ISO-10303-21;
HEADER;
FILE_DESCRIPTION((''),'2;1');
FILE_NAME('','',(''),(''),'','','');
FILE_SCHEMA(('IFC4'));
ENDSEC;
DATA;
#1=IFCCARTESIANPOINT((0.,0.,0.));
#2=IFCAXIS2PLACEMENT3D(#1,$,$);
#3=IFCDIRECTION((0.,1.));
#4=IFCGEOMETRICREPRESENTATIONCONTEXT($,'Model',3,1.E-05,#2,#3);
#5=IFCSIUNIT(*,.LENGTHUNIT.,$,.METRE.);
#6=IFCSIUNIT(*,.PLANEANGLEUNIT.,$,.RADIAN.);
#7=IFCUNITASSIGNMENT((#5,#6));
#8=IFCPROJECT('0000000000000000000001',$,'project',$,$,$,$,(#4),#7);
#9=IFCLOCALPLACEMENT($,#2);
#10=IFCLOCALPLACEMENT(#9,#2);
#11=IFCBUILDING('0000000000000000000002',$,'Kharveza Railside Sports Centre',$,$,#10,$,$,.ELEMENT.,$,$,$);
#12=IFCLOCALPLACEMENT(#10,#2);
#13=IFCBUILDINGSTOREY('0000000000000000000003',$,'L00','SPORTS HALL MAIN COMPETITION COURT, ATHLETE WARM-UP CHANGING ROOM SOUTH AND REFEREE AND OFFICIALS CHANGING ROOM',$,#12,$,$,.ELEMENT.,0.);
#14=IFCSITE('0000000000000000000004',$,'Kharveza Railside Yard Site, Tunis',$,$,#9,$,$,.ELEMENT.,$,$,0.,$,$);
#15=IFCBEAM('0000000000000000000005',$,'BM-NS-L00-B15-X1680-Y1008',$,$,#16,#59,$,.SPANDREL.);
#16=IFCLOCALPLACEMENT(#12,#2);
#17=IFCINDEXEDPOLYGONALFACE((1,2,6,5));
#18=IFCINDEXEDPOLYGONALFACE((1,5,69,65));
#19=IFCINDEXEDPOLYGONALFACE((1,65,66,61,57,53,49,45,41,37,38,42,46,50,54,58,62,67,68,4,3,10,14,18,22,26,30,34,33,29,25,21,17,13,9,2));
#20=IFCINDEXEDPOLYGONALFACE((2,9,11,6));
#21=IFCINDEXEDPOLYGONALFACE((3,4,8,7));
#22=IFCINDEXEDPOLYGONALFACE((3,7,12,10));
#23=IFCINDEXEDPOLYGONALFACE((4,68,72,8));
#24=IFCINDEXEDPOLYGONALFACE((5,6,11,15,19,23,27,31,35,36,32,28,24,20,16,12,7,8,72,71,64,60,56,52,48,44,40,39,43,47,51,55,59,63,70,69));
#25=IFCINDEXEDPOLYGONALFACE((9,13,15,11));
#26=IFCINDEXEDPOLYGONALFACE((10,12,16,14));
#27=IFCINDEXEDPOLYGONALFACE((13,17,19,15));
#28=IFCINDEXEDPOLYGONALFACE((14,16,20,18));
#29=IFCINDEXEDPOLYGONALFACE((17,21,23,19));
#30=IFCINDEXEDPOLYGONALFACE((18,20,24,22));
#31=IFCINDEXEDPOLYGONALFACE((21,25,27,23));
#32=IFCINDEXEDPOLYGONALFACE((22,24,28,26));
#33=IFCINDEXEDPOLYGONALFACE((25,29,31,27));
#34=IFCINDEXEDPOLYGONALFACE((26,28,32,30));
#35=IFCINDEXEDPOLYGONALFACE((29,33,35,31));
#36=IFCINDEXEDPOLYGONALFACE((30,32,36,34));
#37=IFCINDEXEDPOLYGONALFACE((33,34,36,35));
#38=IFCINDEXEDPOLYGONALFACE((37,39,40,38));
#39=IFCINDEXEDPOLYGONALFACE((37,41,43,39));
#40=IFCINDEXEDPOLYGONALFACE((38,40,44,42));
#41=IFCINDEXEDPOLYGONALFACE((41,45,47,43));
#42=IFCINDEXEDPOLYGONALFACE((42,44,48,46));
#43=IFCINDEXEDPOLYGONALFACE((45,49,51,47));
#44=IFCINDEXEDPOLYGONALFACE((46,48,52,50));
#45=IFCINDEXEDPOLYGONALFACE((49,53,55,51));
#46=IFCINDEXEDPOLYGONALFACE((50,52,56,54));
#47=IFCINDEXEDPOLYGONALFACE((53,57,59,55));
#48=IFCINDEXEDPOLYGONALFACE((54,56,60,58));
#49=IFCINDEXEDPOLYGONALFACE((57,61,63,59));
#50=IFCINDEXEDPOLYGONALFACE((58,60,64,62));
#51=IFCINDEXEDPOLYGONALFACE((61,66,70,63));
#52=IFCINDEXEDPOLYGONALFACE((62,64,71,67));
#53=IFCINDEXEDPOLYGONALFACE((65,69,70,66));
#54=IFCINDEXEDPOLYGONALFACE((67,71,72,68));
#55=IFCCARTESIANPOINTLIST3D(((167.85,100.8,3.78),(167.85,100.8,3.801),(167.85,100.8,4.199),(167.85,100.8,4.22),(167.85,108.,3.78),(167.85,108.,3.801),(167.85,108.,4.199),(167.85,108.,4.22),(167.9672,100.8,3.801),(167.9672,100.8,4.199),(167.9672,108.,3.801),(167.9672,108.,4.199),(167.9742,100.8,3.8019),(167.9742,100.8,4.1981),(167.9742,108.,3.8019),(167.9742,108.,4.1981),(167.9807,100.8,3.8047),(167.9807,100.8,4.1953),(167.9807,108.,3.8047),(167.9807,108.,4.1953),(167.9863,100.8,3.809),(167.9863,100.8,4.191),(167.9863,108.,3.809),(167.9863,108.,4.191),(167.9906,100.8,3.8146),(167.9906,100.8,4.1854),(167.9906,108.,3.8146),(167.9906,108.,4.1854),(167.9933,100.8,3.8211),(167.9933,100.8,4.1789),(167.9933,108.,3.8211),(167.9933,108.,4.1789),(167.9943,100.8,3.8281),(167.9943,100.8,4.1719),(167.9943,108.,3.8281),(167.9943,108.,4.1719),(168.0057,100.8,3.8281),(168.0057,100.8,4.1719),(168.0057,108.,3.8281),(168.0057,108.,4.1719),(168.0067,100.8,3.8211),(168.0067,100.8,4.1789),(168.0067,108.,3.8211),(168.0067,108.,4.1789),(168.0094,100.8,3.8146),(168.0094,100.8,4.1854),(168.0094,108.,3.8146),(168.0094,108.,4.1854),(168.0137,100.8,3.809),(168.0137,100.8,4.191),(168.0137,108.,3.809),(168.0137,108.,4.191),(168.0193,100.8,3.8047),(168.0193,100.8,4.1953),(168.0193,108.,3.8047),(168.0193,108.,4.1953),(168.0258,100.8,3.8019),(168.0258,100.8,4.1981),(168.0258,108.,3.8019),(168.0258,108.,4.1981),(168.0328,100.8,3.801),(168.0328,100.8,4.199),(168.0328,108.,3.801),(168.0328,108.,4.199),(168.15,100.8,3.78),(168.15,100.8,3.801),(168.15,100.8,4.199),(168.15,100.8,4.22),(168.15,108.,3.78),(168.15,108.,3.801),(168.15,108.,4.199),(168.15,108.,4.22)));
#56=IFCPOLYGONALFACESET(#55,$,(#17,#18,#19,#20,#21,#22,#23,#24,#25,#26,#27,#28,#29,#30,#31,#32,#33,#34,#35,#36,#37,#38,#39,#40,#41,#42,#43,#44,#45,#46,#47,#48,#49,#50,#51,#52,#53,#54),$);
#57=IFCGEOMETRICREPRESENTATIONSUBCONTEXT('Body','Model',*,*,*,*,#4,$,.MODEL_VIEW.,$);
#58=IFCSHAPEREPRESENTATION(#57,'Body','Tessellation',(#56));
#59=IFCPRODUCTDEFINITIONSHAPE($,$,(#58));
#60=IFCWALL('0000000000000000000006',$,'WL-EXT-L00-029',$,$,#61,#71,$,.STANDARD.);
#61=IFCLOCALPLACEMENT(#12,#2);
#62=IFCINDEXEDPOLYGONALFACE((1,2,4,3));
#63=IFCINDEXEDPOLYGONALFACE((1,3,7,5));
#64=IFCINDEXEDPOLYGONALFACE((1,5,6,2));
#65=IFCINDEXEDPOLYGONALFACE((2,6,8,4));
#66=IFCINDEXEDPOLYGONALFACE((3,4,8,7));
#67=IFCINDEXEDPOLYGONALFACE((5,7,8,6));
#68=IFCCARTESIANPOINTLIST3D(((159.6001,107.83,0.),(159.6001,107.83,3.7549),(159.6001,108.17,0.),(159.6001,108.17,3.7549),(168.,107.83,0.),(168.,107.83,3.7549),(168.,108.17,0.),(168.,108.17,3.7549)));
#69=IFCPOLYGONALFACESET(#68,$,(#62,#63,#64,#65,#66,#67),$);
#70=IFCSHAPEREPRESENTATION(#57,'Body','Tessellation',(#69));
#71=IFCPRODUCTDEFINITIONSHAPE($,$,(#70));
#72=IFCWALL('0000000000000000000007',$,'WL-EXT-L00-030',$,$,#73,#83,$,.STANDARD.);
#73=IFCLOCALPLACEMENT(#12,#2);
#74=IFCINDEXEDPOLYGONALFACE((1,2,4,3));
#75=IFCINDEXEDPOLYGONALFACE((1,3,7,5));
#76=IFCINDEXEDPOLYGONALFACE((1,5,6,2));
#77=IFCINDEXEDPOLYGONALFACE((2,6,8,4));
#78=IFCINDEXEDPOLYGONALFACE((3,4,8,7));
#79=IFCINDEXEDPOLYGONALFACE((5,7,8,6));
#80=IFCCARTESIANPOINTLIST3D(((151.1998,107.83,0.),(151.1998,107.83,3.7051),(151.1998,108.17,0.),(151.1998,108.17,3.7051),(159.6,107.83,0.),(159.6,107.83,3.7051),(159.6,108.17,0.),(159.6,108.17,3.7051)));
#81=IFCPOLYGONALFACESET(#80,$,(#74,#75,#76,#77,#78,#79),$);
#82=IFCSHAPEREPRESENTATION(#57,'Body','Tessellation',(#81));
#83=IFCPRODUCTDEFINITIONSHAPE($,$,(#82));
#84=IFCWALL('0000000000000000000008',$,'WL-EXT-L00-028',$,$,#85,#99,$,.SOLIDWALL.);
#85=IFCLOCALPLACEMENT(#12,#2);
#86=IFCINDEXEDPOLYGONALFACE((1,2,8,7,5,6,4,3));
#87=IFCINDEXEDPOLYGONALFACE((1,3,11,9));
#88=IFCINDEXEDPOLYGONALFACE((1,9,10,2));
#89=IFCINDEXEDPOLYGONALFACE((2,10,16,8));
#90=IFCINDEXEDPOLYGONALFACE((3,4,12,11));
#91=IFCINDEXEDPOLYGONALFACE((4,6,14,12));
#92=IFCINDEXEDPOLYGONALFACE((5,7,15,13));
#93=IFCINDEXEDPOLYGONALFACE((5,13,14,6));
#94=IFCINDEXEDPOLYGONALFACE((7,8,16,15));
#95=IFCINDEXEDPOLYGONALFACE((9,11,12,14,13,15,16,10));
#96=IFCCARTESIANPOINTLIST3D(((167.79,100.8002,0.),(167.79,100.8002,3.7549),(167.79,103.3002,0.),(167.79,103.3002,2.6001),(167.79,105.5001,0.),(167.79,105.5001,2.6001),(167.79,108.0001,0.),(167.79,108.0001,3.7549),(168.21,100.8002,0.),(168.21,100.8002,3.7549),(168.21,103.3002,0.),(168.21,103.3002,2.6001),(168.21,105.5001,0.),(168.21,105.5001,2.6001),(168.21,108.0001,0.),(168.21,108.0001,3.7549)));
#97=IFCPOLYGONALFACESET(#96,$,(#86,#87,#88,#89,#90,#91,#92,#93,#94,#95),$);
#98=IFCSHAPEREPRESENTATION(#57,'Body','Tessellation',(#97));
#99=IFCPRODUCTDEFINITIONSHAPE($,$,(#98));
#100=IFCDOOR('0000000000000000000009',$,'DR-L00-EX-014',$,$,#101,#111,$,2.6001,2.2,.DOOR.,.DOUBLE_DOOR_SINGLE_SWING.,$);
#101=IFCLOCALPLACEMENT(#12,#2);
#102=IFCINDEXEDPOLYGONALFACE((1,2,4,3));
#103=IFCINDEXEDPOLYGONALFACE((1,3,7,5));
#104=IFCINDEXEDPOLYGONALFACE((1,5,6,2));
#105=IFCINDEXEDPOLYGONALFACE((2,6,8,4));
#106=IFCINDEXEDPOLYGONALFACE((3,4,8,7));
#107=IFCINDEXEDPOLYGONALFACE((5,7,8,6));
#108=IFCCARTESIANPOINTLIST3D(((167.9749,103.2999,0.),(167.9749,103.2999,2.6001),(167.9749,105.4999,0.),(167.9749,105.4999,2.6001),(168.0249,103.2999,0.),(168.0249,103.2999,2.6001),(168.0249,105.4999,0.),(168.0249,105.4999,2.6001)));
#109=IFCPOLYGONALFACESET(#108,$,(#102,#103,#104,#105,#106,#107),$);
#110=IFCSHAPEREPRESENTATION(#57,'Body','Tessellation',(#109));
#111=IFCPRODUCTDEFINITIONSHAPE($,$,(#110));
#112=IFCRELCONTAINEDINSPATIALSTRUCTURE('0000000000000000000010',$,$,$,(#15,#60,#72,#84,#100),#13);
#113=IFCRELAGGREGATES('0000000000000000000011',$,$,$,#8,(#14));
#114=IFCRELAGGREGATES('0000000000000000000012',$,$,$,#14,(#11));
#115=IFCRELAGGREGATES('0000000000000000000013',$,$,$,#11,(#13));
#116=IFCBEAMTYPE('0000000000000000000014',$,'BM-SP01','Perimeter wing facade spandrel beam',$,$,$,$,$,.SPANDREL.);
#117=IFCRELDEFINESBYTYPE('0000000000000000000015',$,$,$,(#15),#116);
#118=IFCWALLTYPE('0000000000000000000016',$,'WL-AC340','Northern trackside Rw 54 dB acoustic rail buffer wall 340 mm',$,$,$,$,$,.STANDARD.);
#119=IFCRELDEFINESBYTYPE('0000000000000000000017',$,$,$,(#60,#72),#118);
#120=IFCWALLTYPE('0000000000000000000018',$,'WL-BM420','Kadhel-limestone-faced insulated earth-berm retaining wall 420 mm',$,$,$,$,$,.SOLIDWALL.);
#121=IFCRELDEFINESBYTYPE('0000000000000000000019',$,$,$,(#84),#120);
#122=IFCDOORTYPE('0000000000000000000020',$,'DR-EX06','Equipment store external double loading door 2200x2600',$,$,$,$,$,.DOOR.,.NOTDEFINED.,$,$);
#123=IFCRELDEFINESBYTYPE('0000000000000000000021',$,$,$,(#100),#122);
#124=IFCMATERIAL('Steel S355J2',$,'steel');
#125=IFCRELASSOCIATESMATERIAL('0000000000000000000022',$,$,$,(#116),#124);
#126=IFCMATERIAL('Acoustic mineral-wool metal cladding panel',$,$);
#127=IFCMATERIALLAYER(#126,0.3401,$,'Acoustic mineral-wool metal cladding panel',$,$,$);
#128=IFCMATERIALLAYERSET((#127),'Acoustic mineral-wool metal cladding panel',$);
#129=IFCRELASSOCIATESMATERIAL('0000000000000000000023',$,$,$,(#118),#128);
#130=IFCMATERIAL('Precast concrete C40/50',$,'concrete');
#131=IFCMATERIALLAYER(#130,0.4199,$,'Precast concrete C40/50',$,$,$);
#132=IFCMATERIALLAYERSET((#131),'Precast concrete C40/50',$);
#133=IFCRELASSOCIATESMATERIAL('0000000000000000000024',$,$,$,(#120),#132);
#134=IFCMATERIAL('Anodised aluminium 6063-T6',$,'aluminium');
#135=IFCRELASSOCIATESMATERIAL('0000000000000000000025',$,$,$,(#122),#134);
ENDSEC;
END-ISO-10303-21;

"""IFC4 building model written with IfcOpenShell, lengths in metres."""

from ifc_helpers import new_model, si_unit, direction, frame, frame_2d, origin, origin_2d, place, context, subcontext, project, spatial, rectangle, i_section, extrude, material, layer, layer_set, material_profile, profile_set, type_object, element, fill, save


model = new_model("IFC4")

# Units and contexts
model_context = context("Model", 3, precision=1e-05, world=origin(), true_north=direction((0.0, 1.0)))
body_context = subcontext(model_context, "Body", "Model", "MODEL_VIEW")
ifc_project = project(units=[si_unit("LENGTHUNIT", "METRE"), si_unit("PLANEANGLEUNIT", "RADIAN")], contexts=[model_context])

# Site, building, storey
site_placement = place(None, origin())
site = spatial("IfcSite", under=ifc_project, at=site_placement, Name="Kharveza Railside Yard Site, Tunis", CompositionType="ELEMENT", RefElevation=0.0)
building_placement = place(site_placement, origin())
building = spatial("IfcBuilding", under=site, at=building_placement, Name="Kharveza Railside Sports Centre", CompositionType="ELEMENT")
storey_placement = place(building_placement, origin())
storey = spatial("IfcBuildingStorey", under=building, at=storey_placement, Name="L00", Description="SPORTS HALL MAIN COMPETITION COURT, ATHLETE WARM-UP CHANGING ROOM SOUTH AND REFEREE AND OFFICIALS CHANGING ROOM", CompositionType="ELEMENT", Elevation=0.0)

# Shared definitions
ifc_material_1 = material(Name="Steel S355J2", Category="steel")

# Beam
ifc_material_2 = material(Name="Precast concrete C40/50", Category="concrete")
ifc_material_profile_1 = material_profile(ifc_material_1, i_section(OverallWidth=0.3, OverallDepth=0.4399, WebThickness=0.0115, FlangeThickness=0.021, FilletRadius=0.0271, at=origin_2d()), Name="HEA 450")
ifc_profile_set_1 = profile_set([ifc_material_profile_1], Name="Steel S355J2")
beam_type_1 = type_object("IfcBeamType", Name="BM-SP01", Description="Perimeter wing facade spandrel beam", PredefinedType="SPANDREL", material=ifc_profile_set_1)
beam_1_placement = place(storey_placement, frame((168.0, 100.8, 4.0), z_axis=(0.0, 1.0, 0.0), x_axis=(-1.0, 0.0, 0.0)))
element("IfcBeam", 1, at=beam_1_placement, inside=storey, type_object=beam_type_1, Name="BM-NS-L00-B15-X1680-Y1008", PredefinedType="SPANDREL", context=body_context, shape_type="SweptSolid", body=[
    extrude(i_section(OverallWidth=0.3, OverallDepth=0.4399, WebThickness=0.0115, FlangeThickness=0.021, FilletRadius=0.0271, at=origin_2d()), origin(), (0.0, 0.0, 1.0), 7.2),
])

# Walls
ifc_material_3 = material(Name="Acoustic mineral-wool metal cladding panel")
ifc_layer_1 = layer(ifc_material_3, 0.3401, Name="Acoustic mineral-wool metal cladding panel")
ifc_layer_set_1 = layer_set([ifc_layer_1], Name="Acoustic mineral-wool metal cladding panel")
wall_type_1 = type_object("IfcWallType", Name="WL-AC340", Description="Northern trackside Rw 54 dB acoustic rail buffer wall 340 mm", PredefinedType="STANDARD", material=ifc_layer_set_1)
wall_1_placement = place(storey_placement, frame((168.0, 108.0, 0.0), z_axis=(0.0, 0.0, 1.0), x_axis=(-1.0, 0.0, 0.0)))
element("IfcWall", 2, at=wall_1_placement, inside=storey, type_object=wall_type_1, Name="WL-EXT-L00-029", PredefinedType="STANDARD", context=body_context, shape_type="SweptSolid", body=[
    extrude(rectangle(XDim=8.3999, YDim=0.3401, at=frame_2d((4.2, 0.0))), origin(), (0.0, 0.0, 1.0), 3.7549),
])
wall_2_placement = place(storey_placement, frame((159.6001, 108.0, 0.0), z_axis=(0.0, 0.0, 1.0), x_axis=(-1.0, 0.0, 0.0)))
element("IfcWall", 3, at=wall_2_placement, inside=storey, type_object=wall_type_1, Name="WL-EXT-L00-030", PredefinedType="STANDARD", context=body_context, shape_type="SweptSolid", body=[
    extrude(rectangle(XDim=8.4001, YDim=0.3401, at=frame_2d((4.2002, 0.0))), origin(), (0.0, 0.0, 1.0), 3.7051),
])

# Wall, opening, door
ifc_layer_2 = layer(ifc_material_2, 0.4199, Name="Precast concrete C40/50")
ifc_layer_set_2 = layer_set([ifc_layer_2], Name="Precast concrete C40/50")
wall_type_2 = type_object("IfcWallType", Name="WL-BM420", Description="Kadhel-limestone-faced insulated earth-berm retaining wall 420 mm", PredefinedType="SOLIDWALL", material=ifc_layer_set_2)
wall_3_placement = place(storey_placement, frame((168.0, 100.8, 0.0), z_axis=(0.0, 0.0, 1.0), x_axis=(0.0, 1.0, 0.0)))
wall_3 = element("IfcWall", 4, at=wall_3_placement, inside=storey, type_object=wall_type_2, Name="WL-EXT-L00-028", PredefinedType="SOLIDWALL", context=body_context, shape_type="SweptSolid", body=[
    extrude(rectangle(XDim=7.2, YDim=0.4199, at=frame_2d((3.6001, 0.0))), origin(), (0.0, 0.0, 1.0), 3.7549),
])
opening_placement = place(wall_3_placement, frame((2.5, 0.0, 0.0)))
opening = element("IfcOpeningElement", 5, at=opening_placement, cuts=wall_3, PredefinedType="OPENING", context=body_context, shape_type="SweptSolid", body=[
    extrude(rectangle(XDim=2.2, YDim=2.6001, at=frame_2d((1.1001, 1.3))), frame((0.0, 0.2349, 0.0), z_axis=(0.0, -1.0, 0.0), x_axis=(1.0, 0.0, 0.0)), (0.0, 0.0, 1.0), 0.4697),
])
ifc_material_4 = material(Name="Anodised aluminium 6063-T6", Category="aluminium")
door_type = type_object("IfcDoorType", Name="DR-EX06", Description="Equipment store external double loading door 2200x2600", OperationType="NOTDEFINED", PredefinedType="DOOR", material=ifc_material_4)
door_placement = place(opening_placement, frame((2.2, 0.0, 0.0), z_axis=(0.0, 0.0, 1.0), x_axis=(-1.0, 0.0, 0.0)))
door = element("IfcDoor", 6, at=door_placement, inside=storey, type_object=door_type, Name="DR-L00-EX-014", OperationType="DOUBLE_DOOR_SINGLE_SWING", OverallHeight=2.6001, OverallWidth=2.2, PredefinedType="DOOR", context=body_context, shape_type="SweptSolid", body=[
    extrude(rectangle(XDim=2.2, YDim=2.6001, at=frame_2d((1.1001, 1.3))), frame((0.0, 0.0249, 0.0), z_axis=(0.0, -1.0, 0.0), x_axis=(1.0, 0.0, 0.0)), (0.0, 0.0, 1.0), 0.05),
])
fill(opening, door)

save(model, "model.ifc")
